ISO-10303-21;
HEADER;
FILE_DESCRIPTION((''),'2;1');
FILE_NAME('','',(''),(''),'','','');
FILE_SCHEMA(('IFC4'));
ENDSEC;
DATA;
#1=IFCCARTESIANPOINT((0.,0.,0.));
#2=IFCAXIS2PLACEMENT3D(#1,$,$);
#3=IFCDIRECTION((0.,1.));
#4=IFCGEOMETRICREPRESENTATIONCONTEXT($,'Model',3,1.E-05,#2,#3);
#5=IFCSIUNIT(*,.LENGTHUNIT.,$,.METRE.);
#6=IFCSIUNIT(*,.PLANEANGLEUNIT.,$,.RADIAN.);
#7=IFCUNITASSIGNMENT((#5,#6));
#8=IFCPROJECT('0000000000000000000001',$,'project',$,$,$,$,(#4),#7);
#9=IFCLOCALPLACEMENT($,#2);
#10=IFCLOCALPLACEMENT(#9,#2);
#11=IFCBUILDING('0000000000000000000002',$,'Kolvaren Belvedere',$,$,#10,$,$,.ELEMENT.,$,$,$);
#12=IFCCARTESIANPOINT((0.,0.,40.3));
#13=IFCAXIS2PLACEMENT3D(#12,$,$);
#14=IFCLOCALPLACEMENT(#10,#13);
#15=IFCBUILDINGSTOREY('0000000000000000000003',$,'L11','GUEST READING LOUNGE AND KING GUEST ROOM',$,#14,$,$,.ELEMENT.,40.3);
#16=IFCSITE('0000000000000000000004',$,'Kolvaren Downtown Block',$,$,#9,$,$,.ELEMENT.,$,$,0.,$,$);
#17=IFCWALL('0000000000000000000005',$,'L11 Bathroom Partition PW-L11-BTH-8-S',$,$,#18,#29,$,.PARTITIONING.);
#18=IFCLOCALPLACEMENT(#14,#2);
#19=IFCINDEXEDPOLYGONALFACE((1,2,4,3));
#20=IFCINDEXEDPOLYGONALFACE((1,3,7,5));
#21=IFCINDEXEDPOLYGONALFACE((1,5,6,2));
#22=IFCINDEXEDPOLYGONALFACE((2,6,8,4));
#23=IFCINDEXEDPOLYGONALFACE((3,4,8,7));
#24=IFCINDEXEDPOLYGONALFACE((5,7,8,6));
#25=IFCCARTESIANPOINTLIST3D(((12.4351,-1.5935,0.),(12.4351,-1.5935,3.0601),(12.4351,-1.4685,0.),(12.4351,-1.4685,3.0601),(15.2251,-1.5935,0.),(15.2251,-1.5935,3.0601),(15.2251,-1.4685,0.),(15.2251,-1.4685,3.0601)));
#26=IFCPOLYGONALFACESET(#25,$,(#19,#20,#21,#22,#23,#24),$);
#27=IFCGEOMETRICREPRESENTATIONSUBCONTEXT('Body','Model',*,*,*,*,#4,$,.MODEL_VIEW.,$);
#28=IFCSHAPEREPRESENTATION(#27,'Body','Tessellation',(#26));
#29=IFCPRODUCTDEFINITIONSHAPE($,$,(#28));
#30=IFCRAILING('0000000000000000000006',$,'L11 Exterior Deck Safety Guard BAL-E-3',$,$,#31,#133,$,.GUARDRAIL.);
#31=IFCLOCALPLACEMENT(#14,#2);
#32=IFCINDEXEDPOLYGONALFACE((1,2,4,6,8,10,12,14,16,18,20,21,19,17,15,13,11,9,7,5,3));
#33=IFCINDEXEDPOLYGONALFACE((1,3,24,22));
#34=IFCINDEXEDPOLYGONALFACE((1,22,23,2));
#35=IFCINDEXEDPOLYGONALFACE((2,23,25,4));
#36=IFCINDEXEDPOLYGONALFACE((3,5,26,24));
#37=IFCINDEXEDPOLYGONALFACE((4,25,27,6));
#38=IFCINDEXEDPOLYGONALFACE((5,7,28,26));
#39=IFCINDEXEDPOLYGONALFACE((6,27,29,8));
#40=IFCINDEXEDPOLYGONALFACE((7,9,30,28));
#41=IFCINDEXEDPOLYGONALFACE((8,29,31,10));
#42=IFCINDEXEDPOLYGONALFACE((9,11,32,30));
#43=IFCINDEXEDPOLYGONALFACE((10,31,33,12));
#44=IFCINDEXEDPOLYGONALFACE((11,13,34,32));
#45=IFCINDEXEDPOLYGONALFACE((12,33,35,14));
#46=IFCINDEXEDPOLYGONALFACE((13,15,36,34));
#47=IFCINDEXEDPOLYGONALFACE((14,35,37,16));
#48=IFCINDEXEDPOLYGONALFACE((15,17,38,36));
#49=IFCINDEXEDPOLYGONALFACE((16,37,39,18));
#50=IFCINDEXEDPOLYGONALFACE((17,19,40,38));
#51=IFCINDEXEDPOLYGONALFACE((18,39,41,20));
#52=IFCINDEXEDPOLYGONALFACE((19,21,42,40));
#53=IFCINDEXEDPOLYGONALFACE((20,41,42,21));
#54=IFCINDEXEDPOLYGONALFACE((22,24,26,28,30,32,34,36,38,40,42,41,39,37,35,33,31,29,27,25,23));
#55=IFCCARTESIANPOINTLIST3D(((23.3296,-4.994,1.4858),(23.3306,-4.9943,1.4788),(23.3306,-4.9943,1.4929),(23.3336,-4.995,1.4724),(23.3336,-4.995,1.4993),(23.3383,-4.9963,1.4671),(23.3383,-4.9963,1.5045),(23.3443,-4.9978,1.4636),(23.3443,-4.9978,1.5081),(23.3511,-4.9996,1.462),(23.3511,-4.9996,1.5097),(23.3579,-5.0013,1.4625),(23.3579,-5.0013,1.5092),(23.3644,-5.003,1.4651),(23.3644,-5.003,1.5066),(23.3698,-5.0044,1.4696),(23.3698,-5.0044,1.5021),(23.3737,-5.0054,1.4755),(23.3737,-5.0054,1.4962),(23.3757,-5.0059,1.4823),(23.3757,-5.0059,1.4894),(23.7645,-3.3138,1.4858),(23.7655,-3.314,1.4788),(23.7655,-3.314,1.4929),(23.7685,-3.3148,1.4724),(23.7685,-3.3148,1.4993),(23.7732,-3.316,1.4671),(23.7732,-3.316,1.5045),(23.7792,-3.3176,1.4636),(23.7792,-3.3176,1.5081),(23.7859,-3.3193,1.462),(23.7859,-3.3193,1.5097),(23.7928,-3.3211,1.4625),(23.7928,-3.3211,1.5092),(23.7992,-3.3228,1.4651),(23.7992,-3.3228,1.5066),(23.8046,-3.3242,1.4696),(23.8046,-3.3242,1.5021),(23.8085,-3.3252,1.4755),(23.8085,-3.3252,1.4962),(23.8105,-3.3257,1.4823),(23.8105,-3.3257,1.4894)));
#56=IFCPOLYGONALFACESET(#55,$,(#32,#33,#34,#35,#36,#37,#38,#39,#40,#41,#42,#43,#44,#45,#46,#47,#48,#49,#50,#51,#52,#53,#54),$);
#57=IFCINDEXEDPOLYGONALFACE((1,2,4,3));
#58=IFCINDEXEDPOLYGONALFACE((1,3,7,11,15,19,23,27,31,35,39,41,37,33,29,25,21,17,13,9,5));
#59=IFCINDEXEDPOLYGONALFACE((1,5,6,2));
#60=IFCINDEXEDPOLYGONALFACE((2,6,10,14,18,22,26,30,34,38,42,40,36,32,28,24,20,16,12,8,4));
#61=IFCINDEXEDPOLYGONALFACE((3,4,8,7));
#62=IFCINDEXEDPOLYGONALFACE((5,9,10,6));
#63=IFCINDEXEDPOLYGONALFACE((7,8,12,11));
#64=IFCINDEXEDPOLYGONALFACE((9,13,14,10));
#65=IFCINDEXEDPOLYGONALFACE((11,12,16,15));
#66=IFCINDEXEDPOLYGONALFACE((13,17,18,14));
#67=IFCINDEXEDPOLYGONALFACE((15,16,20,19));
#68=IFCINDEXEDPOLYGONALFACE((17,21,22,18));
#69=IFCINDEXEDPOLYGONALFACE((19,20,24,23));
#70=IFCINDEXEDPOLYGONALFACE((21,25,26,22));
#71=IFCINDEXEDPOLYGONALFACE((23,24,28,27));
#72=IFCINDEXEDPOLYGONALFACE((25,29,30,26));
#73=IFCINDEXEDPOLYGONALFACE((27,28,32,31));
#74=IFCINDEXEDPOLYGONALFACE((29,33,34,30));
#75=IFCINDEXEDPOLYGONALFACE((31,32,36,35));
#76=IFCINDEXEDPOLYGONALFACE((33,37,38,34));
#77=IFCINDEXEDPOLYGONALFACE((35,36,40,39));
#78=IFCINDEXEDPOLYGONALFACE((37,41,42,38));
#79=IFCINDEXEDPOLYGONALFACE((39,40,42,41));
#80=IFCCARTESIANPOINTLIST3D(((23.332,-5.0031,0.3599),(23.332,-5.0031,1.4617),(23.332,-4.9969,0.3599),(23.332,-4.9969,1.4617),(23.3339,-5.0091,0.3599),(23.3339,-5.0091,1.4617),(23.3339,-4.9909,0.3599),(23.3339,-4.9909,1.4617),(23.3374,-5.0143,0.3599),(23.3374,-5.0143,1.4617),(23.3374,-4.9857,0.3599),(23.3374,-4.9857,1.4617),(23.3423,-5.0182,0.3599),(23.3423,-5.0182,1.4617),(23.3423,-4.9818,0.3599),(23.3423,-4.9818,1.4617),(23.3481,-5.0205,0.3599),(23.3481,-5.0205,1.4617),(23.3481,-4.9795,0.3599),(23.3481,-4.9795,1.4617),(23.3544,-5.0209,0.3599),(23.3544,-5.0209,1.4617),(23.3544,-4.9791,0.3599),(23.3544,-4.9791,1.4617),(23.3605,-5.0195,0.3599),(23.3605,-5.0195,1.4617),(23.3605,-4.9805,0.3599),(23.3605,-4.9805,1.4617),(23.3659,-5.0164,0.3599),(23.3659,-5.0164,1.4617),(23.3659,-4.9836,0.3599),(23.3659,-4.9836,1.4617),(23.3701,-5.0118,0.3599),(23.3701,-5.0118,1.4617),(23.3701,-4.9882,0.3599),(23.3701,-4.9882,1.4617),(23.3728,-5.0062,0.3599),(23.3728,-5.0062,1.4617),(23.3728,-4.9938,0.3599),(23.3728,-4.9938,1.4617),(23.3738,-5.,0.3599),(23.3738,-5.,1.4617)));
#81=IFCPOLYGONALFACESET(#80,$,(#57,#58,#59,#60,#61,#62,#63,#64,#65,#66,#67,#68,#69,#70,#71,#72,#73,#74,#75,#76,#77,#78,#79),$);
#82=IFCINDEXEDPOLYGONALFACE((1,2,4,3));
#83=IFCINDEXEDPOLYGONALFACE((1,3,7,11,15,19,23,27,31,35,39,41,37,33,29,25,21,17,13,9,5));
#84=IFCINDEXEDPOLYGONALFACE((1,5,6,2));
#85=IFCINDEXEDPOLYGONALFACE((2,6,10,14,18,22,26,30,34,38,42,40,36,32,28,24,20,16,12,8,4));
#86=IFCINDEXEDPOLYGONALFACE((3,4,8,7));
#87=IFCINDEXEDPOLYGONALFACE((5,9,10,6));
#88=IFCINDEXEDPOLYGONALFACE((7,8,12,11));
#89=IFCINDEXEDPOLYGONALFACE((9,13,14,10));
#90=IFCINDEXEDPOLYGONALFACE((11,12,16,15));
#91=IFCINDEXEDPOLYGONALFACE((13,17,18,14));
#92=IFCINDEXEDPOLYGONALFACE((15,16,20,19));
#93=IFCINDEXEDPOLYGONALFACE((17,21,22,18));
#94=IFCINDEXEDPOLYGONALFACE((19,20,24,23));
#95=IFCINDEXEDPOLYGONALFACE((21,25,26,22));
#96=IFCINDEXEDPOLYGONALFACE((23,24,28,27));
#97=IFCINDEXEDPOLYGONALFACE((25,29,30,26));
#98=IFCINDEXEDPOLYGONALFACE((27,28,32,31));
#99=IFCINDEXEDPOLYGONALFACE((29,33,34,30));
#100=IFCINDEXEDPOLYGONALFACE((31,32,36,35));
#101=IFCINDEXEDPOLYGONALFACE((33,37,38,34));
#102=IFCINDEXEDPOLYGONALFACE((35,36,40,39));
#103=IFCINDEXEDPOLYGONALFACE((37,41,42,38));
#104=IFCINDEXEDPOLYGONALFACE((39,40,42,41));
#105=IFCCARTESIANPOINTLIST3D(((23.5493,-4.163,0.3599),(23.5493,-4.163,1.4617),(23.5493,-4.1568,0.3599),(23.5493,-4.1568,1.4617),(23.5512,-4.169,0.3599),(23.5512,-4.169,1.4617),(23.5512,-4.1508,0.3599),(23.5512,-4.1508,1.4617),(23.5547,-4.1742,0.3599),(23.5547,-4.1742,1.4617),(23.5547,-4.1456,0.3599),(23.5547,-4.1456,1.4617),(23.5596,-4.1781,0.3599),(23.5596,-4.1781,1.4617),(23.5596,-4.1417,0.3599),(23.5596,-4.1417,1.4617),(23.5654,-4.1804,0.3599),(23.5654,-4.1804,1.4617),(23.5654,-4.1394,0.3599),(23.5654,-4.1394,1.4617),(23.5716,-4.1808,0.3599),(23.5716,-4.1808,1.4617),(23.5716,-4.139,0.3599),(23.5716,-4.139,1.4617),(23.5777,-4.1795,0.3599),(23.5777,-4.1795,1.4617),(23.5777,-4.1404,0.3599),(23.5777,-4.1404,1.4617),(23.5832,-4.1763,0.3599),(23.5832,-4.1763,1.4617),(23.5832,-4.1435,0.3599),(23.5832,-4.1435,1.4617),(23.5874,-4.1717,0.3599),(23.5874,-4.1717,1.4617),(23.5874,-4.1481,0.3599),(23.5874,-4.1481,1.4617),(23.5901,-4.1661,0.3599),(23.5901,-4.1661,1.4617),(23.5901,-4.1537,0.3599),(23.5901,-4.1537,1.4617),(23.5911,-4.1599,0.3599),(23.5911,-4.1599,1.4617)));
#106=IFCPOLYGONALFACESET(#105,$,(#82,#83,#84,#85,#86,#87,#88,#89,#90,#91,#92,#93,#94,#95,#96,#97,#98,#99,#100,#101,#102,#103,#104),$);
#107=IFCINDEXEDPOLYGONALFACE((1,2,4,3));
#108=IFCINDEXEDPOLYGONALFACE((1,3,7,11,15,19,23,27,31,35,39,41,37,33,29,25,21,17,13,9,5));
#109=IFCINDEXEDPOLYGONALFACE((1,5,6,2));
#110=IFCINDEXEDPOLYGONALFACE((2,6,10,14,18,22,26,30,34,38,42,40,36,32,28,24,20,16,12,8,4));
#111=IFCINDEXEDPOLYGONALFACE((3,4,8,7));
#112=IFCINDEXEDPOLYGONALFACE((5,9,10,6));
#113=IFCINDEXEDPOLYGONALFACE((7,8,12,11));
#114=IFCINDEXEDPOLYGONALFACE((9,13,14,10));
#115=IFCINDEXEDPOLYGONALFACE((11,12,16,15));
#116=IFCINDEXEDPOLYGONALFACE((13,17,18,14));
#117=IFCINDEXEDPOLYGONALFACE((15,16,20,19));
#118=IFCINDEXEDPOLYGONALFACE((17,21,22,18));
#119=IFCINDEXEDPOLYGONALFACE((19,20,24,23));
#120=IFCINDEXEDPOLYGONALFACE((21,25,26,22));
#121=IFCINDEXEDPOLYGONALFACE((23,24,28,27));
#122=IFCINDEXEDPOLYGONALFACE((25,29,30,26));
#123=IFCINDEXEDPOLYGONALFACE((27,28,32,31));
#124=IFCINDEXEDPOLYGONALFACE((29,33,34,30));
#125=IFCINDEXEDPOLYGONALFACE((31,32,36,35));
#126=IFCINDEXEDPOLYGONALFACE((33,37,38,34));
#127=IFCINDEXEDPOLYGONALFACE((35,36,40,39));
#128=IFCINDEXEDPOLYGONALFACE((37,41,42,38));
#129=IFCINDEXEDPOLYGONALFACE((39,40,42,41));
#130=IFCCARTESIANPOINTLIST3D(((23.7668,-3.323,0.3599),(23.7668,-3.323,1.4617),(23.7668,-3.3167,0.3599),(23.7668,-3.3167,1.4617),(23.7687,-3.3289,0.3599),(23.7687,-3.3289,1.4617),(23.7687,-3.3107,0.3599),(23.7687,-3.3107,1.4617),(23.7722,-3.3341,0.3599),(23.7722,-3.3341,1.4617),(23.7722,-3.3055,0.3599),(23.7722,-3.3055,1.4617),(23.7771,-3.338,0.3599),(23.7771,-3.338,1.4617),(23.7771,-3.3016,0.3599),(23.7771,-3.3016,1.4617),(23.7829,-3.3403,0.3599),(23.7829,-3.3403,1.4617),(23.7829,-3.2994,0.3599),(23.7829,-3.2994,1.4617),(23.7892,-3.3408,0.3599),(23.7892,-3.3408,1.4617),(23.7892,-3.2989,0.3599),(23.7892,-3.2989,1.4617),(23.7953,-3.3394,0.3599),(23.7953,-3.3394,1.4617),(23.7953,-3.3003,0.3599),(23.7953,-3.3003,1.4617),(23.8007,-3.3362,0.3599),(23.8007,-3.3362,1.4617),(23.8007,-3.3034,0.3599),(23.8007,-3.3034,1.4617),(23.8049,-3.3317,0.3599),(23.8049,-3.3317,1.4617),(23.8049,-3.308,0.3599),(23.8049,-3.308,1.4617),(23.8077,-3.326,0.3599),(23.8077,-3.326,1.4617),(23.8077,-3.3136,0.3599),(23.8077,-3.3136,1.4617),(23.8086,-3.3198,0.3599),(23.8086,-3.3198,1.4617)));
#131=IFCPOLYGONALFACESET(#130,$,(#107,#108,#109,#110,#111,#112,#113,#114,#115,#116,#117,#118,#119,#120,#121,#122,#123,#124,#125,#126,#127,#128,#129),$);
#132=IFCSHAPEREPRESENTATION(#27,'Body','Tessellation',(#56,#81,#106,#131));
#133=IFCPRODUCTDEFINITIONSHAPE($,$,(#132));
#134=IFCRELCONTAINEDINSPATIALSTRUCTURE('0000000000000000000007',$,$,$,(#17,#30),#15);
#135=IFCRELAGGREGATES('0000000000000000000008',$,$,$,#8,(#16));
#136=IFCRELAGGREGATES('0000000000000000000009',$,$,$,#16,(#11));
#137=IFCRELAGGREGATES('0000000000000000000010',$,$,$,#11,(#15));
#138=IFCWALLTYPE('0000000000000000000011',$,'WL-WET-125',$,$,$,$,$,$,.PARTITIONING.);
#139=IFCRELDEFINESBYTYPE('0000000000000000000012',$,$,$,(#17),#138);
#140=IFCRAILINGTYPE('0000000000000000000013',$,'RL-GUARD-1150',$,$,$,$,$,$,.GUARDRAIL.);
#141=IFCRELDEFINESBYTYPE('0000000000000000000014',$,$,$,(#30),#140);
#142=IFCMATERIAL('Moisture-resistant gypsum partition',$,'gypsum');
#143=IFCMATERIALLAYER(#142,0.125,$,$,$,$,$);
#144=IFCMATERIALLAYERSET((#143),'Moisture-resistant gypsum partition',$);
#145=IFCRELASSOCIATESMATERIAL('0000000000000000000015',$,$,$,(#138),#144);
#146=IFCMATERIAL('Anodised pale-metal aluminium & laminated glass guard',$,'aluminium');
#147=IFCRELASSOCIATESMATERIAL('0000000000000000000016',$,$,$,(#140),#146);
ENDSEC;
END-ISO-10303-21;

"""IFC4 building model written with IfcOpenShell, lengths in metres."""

from ifc_helpers import new_model, si_unit, direction, frame, frame_2d, origin, origin_2d, place, context, subcontext, project, spatial, rectangle, circle, extrude, material, layer, layer_set, type_object, element, save


model = new_model("IFC4")

# Units and contexts
model_context = context("Model", 3, precision=1e-05, world=origin(), true_north=direction((0.0, 1.0)))
body_context = subcontext(model_context, "Body", "Model", "MODEL_VIEW")
ifc_project = project(units=[si_unit("LENGTHUNIT", "METRE"), si_unit("PLANEANGLEUNIT", "RADIAN")], contexts=[model_context])

# Site, building, storey
site_placement = place(None, origin())
site = spatial("IfcSite", under=ifc_project, at=site_placement, Name="Kolvaren Downtown Block", CompositionType="ELEMENT", RefElevation=0.0)
building_placement = place(site_placement, origin())
building = spatial("IfcBuilding", under=site, at=building_placement, Name="Kolvaren Belvedere", CompositionType="ELEMENT")
storey_placement = place(building_placement, frame((0.0, 0.0, 40.3)))
storey = spatial("IfcBuildingStorey", under=building, at=storey_placement, Name="L11", Description="GUEST READING LOUNGE AND KING GUEST ROOM", CompositionType="ELEMENT", Elevation=40.3)

# Wall
ifc_material_1 = material(Name="Moisture-resistant gypsum partition", Category="gypsum")
ifc_layer_1 = layer(ifc_material_1, 0.125)
ifc_layer_set_1 = layer_set([ifc_layer_1], Name="Moisture-resistant gypsum partition")
wall_type_1 = type_object("IfcWallType", Name="WL-WET-125", PredefinedType="PARTITIONING", material=ifc_layer_set_1)
wall_1_placement = place(storey_placement, frame((12.4351, -1.531, 0.0), z_axis=(0.0, 0.0, 1.0), x_axis=(1.0, 0.0, 0.0)))
element("IfcWall", 1, at=wall_1_placement, inside=storey, type_object=wall_type_1, Name="L11 Bathroom Partition PW-L11-BTH-8-S", PredefinedType="PARTITIONING", context=body_context, shape_type="SweptSolid", body=[
    extrude(rectangle(XDim=2.79, YDim=0.125, at=frame_2d((1.395, 0.0))), origin(), (0.0, 0.0, 1.0), 3.0601),
])

# Railing
ifc_material_2 = material(Name="Anodised pale-metal aluminium & laminated glass guard", Category="aluminium")
railing_type = type_object("IfcRailingType", Name="RL-GUARD-1150", PredefinedType="GUARDRAIL", material=ifc_material_2)
railing_1_placement = place(storey_placement, frame((23.3528, -5.0, 0.3599)))
element("IfcRailing", 2, at=railing_1_placement, inside=storey, type_object=railing_type, Name="L11 Exterior Deck Safety Guard BAL-E-3", PredefinedType="GUARDRAIL", context=body_context, shape_type="SweptSolid", body=[
    extrude(circle(Radius=0.0239, at=origin_2d()), frame((0.0, 0.0, 1.126), z_axis=(0.250537, 0.968107, 0.0), x_axis=(-0.968107, 0.250537, 0.0)), (0.0, 0.0, 1.0), 1.7356),
    extrude(circle(Radius=0.021, at=origin_2d()), origin(), (0.0, 0.0, 1.0), 1.1018),
    extrude(circle(Radius=0.021, at=origin_2d()), frame((0.2173, 0.8401, 0.0)), (0.0, 0.0, 1.0), 1.1018),
    extrude(circle(Radius=0.021, at=origin_2d()), frame((0.4348, 1.6802, 0.0)), (0.0, 0.0, 1.0), 1.1018),
])

save(model, "model.ifc")
